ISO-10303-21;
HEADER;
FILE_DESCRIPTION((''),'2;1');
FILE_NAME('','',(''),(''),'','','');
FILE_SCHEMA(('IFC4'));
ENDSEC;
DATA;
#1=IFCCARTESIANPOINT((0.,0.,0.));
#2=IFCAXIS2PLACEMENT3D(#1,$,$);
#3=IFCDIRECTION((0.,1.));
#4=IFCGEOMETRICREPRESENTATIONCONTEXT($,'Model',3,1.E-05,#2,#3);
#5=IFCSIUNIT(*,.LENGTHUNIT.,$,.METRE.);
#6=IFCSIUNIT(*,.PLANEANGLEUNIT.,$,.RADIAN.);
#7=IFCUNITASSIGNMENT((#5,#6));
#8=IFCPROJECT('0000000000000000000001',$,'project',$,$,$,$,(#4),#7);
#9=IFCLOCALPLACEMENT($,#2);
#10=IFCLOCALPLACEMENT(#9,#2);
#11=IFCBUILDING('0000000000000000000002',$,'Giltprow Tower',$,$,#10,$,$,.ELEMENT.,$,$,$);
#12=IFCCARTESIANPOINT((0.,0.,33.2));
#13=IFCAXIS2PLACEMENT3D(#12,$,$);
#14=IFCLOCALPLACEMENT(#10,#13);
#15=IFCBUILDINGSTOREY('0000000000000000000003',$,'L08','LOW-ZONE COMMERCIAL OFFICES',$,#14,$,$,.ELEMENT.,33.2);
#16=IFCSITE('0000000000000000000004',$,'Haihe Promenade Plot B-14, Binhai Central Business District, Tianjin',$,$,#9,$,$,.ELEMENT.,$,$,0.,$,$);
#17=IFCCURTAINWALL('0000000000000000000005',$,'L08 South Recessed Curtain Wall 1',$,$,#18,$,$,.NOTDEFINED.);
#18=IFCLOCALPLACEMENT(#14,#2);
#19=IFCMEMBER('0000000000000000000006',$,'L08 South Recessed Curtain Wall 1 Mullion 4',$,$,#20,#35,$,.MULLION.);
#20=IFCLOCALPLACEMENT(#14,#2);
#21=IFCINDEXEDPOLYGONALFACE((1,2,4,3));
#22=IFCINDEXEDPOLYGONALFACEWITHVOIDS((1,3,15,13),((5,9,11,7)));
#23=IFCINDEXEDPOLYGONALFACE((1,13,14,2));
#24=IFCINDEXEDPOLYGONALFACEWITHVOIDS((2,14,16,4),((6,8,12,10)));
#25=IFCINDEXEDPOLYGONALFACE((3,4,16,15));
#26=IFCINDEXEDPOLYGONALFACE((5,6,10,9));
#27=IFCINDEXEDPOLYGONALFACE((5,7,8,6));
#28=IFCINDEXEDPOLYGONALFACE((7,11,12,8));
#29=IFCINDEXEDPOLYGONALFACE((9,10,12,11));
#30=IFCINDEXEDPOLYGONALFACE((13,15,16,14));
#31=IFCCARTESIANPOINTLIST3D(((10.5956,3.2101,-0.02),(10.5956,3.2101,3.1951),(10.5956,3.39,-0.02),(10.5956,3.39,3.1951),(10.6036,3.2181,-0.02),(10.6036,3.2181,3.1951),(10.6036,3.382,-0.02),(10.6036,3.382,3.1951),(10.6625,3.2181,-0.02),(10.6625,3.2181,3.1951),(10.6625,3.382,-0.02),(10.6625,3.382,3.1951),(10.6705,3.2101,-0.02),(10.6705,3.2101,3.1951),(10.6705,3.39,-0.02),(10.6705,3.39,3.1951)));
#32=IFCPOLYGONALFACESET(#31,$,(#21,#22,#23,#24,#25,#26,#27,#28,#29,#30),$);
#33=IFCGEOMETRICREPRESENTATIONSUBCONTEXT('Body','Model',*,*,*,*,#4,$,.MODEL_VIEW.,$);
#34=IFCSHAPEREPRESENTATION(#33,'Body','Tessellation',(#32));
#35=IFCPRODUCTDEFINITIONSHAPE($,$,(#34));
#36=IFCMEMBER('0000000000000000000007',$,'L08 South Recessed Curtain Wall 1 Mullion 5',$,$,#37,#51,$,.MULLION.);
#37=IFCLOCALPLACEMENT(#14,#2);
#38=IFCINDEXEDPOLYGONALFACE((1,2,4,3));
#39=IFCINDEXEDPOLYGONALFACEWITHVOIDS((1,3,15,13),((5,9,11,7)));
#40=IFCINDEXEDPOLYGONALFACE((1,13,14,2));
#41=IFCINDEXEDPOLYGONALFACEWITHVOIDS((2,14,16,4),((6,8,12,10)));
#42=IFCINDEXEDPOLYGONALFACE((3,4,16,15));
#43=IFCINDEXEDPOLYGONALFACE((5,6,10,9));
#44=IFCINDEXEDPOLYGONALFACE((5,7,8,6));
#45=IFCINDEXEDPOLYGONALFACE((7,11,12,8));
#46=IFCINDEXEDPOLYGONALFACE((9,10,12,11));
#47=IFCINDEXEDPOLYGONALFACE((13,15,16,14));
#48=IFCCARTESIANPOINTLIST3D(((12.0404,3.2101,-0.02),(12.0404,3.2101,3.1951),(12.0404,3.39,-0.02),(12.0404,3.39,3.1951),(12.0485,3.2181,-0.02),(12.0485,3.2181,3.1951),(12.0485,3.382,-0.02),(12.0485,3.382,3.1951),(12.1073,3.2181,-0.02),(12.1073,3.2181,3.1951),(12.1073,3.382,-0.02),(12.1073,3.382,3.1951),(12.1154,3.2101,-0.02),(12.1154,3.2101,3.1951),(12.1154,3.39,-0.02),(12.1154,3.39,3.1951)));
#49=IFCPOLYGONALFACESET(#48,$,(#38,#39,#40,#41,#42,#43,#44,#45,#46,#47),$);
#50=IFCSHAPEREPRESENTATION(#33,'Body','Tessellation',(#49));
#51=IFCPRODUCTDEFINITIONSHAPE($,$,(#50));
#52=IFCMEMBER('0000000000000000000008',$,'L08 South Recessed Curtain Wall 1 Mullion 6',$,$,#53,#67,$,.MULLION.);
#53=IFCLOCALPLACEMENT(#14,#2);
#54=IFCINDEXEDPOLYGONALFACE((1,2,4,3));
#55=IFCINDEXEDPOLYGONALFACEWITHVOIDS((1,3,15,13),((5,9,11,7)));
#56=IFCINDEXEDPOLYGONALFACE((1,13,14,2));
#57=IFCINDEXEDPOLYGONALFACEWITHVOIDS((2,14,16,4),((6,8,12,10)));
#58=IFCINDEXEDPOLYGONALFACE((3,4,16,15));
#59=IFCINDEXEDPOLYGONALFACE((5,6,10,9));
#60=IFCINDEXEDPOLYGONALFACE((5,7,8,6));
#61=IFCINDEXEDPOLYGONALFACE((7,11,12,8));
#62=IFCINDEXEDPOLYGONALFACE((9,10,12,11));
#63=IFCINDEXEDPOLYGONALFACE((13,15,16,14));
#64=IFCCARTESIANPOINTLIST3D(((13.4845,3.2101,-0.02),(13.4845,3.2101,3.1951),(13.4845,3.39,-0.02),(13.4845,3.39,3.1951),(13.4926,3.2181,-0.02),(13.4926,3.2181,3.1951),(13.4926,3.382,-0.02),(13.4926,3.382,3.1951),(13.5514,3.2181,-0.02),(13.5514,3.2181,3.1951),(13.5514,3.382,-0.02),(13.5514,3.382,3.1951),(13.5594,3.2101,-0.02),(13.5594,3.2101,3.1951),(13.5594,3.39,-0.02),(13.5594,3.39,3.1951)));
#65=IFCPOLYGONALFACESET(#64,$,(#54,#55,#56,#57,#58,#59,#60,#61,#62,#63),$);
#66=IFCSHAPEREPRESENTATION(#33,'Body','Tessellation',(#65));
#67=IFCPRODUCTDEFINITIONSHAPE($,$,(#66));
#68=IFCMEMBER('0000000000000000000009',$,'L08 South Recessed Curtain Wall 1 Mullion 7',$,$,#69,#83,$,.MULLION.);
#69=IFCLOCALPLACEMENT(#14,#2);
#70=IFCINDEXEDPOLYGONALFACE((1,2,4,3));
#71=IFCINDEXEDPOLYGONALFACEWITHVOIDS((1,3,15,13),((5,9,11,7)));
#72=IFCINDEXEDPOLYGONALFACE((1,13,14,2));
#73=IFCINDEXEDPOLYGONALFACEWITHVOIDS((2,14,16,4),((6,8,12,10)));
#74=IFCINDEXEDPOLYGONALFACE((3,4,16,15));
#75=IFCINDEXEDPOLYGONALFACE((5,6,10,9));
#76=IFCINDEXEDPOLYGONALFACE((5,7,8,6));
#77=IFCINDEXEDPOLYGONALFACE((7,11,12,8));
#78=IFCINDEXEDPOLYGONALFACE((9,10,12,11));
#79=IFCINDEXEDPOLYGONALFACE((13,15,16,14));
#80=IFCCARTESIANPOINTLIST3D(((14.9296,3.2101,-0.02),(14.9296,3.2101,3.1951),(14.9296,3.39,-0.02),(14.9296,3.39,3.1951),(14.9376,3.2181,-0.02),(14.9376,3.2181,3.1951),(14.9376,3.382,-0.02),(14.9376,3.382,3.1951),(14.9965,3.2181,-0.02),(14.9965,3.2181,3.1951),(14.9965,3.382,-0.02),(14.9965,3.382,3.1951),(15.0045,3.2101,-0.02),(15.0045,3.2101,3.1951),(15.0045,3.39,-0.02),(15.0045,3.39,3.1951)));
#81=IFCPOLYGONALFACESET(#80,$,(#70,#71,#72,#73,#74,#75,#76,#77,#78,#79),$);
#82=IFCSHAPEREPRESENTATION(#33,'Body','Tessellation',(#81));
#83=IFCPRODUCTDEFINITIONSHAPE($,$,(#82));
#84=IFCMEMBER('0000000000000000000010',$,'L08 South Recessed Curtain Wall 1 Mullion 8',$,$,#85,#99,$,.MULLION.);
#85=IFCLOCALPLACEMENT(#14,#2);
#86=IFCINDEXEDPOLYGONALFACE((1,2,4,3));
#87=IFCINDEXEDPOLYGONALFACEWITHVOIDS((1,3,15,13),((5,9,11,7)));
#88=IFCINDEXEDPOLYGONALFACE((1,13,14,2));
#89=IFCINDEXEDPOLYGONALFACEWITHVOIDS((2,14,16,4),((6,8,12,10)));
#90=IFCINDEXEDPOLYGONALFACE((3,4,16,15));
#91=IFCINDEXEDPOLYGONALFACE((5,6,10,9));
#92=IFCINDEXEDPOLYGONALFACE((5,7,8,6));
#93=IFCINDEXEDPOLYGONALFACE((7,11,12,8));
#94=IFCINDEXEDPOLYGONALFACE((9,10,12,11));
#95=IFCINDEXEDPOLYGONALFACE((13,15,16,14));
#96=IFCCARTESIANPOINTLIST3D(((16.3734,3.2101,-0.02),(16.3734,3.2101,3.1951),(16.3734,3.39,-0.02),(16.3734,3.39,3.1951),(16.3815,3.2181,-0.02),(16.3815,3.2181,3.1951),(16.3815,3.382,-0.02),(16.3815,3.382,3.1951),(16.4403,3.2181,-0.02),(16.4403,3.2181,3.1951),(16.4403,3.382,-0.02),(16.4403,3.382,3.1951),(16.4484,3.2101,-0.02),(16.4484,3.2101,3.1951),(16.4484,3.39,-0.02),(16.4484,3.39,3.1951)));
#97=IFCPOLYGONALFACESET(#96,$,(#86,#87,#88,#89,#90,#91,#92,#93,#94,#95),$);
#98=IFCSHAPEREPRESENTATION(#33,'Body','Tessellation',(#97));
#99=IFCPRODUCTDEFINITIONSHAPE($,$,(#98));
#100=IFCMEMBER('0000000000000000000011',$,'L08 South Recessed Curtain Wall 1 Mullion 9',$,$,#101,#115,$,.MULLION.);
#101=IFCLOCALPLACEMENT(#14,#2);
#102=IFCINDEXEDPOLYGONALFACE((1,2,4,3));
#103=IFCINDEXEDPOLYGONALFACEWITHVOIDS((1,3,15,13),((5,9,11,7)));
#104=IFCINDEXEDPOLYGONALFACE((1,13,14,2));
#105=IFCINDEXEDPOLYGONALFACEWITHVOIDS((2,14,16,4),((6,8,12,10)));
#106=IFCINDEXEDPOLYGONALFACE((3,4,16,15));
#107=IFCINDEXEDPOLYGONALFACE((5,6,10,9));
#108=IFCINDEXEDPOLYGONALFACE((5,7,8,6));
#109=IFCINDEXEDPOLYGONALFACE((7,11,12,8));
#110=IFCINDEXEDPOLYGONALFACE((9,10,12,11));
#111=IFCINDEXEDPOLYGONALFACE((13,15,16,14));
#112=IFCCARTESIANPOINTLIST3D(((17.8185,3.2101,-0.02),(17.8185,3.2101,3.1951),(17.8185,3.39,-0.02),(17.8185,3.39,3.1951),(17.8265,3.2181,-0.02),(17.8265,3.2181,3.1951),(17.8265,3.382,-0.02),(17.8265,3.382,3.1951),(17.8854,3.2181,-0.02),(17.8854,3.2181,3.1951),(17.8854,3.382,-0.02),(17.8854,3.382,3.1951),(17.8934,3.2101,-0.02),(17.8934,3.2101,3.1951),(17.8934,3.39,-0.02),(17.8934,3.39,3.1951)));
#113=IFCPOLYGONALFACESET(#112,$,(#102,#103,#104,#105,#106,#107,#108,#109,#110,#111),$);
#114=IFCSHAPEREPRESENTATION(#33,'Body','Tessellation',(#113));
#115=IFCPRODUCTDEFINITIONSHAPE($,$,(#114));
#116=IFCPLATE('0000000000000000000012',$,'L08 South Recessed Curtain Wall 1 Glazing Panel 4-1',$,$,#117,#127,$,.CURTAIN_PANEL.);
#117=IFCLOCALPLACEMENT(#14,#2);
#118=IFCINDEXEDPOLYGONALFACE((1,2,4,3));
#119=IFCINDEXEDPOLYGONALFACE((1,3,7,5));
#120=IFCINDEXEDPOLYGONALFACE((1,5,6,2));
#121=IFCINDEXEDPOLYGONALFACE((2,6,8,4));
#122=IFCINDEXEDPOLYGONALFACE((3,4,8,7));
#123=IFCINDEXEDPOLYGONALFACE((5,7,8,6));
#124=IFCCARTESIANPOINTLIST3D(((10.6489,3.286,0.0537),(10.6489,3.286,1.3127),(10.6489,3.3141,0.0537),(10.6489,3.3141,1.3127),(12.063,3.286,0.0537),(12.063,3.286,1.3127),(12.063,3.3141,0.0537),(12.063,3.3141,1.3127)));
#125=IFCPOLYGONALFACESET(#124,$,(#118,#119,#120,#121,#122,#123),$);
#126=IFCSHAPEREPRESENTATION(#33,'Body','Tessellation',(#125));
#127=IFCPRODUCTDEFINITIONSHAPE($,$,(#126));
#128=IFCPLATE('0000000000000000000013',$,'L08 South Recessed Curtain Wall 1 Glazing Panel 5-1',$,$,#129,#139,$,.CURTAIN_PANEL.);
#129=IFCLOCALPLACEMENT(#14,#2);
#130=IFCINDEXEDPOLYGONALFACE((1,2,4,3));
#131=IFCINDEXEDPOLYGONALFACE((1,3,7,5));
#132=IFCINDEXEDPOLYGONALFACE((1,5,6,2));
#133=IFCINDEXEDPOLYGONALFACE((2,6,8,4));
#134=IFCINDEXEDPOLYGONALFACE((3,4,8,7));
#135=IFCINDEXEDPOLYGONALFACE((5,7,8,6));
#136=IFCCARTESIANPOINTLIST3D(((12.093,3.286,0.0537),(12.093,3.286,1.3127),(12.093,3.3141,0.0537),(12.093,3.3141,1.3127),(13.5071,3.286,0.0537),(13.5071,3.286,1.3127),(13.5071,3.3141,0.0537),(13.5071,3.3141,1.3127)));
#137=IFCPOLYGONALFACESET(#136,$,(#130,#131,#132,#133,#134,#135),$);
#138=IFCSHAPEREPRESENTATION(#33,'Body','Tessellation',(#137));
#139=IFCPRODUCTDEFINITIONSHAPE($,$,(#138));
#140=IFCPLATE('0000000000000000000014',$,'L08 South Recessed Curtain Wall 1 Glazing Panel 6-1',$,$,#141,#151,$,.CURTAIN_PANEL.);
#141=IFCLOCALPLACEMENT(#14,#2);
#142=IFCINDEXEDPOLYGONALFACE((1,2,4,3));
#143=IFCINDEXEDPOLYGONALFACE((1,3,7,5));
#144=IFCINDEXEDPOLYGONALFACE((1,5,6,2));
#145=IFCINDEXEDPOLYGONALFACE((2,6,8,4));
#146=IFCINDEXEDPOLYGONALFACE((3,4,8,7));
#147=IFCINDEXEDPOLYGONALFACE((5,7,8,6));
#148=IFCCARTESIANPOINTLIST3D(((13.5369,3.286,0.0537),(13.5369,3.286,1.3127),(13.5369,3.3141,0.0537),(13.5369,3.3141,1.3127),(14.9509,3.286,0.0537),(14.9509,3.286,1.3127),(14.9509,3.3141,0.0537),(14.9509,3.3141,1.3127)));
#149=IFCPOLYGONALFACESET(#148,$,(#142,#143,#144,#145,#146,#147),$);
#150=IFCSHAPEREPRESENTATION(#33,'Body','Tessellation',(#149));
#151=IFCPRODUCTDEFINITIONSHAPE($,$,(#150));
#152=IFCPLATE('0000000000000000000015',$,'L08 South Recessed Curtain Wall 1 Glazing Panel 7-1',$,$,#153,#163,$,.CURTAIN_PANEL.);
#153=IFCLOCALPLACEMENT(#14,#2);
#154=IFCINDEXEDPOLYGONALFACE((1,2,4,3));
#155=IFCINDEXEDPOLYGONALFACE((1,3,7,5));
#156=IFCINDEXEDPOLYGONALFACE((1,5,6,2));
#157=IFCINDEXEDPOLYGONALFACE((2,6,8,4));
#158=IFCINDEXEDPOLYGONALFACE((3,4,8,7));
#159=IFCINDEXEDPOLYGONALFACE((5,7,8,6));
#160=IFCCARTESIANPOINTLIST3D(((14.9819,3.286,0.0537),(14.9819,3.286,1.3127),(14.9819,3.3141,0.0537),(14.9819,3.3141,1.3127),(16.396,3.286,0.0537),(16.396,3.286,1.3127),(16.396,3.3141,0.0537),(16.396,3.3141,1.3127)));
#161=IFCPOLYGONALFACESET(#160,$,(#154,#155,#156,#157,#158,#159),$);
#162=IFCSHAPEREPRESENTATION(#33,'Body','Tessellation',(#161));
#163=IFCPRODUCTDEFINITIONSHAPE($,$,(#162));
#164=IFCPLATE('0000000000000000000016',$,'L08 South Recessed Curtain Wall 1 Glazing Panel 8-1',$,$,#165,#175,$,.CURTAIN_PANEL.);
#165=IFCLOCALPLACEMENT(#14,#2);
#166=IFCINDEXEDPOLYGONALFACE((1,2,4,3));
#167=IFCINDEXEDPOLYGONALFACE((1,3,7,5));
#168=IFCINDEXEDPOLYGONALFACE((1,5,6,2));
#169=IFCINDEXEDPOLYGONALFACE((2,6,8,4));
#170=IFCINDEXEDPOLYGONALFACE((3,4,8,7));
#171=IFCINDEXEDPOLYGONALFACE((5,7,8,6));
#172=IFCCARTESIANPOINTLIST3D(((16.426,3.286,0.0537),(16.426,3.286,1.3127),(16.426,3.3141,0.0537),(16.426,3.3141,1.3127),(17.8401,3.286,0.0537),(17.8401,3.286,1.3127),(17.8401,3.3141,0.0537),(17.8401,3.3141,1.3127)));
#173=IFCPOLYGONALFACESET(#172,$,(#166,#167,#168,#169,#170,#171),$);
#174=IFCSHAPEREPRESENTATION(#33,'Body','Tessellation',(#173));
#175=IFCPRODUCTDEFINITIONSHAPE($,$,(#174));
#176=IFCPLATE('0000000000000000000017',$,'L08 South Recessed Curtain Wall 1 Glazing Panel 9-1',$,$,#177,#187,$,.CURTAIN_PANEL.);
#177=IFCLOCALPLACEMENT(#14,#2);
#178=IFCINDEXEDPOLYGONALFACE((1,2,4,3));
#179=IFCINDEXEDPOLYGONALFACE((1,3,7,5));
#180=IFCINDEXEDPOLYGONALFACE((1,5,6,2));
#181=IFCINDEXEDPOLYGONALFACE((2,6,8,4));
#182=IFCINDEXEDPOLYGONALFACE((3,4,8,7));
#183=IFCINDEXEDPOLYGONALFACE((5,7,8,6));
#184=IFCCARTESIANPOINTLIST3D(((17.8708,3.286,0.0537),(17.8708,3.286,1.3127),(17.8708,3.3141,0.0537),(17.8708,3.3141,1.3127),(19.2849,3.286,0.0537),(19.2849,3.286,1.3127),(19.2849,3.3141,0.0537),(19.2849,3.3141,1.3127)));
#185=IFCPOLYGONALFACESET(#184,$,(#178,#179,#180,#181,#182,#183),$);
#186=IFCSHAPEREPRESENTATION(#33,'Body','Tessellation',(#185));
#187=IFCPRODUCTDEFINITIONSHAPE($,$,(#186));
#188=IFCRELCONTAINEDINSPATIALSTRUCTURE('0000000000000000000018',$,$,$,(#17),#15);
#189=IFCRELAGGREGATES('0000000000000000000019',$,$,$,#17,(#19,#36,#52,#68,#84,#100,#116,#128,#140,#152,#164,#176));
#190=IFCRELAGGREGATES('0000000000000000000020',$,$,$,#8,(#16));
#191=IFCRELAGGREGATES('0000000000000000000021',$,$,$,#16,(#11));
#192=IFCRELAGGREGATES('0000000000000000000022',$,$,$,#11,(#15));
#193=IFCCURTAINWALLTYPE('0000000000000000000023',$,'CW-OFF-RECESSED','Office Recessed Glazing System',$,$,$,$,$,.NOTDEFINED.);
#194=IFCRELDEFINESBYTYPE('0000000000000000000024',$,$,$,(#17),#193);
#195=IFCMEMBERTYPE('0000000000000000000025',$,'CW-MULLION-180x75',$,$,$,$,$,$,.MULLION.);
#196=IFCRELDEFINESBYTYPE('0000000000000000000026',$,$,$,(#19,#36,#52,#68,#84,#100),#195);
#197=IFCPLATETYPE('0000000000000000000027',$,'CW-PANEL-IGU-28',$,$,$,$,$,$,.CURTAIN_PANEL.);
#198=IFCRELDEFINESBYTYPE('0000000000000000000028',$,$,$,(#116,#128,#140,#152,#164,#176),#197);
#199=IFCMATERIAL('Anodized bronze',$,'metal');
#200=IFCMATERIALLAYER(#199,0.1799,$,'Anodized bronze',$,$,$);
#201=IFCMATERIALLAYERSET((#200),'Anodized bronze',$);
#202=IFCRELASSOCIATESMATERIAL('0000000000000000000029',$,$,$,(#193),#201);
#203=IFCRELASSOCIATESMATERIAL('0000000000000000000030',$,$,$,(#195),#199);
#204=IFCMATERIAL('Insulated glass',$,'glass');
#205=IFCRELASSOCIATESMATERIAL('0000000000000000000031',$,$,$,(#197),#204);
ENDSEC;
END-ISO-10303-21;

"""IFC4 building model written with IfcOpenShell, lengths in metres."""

from ifc_helpers import new_model, si_unit, direction, frame, origin, origin_2d, place, context, subcontext, project, spatial, rectangle, hollow_rectangle, extrude, source, transform, mapped, material, layer, layer_set, material_profile, profile_set, type_object, element, aggregate, save


model = new_model("IFC4")

# Units and contexts
model_context = context("Model", 3, precision=1e-05, world=origin(), true_north=direction((0.0, 1.0)))
body_context = subcontext(model_context, "Body", "Model", "MODEL_VIEW")
ifc_project = project(units=[si_unit("LENGTHUNIT", "METRE"), si_unit("PLANEANGLEUNIT", "RADIAN")], contexts=[model_context])

# Site, building, storey
site_placement = place(None, origin())
site = spatial("IfcSite", under=ifc_project, at=site_placement, Name="Haihe Promenade Plot B-14, Binhai Central Business District, Tianjin", CompositionType="ELEMENT", RefElevation=0.0)
building_placement = place(site_placement, origin())
building = spatial("IfcBuilding", under=site, at=building_placement, Name="Giltprow Tower", CompositionType="ELEMENT")
storey_placement = place(building_placement, frame((0.0, 0.0, 33.2)))
storey = spatial("IfcBuildingStorey", under=building, at=storey_placement, Name="L08", Description="LOW-ZONE COMMERCIAL OFFICES", CompositionType="ELEMENT", Elevation=33.2)

# Curtain wall, members, plates
ifc_material_1 = material(Name="Anodized bronze", Category="metal")
ifc_layer = layer(ifc_material_1, 0.1799, Name="Anodized bronze")
ifc_layer_set = layer_set([ifc_layer], Name="Anodized bronze")
curtain_wall_type = type_object("IfcCurtainWallType", Name="CW-OFF-RECESSED", Description="Office Recessed Glazing System", PredefinedType="NOTDEFINED", material=ifc_layer_set)
curtain_wall_placement = place(storey_placement, origin())
curtain_wall = element("IfcCurtainWall", 1, at=curtain_wall_placement, inside=storey, type_object=curtain_wall_type, Name="L08 South Recessed Curtain Wall 1", PredefinedType="NOTDEFINED")
ifc_material_profile = material_profile(ifc_material_1, hollow_rectangle(XDim=0.075, YDim=0.1799, WallThickness=0.0081, at=origin_2d()), Name="RHS 180x75x8")
ifc_profile_set = profile_set([ifc_material_profile], Name="Anodized bronze")
member_type = type_object("IfcMemberType", Name="CW-MULLION-180x75", PredefinedType="MULLION", material=ifc_profile_set)
shared_shape_1 = source(origin(), body_context, "Body", "SweptSolid", [
    extrude(hollow_rectangle(XDim=0.075, YDim=0.1799, WallThickness=0.0081, at=origin_2d()), origin(), (0.0, 0.0, 1.0), 3.2151),
])
member_1_placement = place(storey_placement, frame((10.6331, 3.3, -0.02), z_axis=(0.0, 0.0, 1.0), x_axis=(1.0, 0.0, 0.0)))
member_1 = element("IfcMember", 2, at=member_1_placement, type_object=member_type, Name="L08 South Recessed Curtain Wall 1 Mullion 4", PredefinedType="MULLION", context=body_context, shape_type="MappedRepresentation", body=[
    mapped(shared_shape_1, transform((0.0, 0.0, 0.0), x_axis=(1.0, 0.0, 0.0), y_axis=(0.0, 1.0, 0.0), z_axis=(0.0, 0.0, 1.0), scale=1.0)),
])
member_2_placement = place(storey_placement, frame((12.0779, 3.3, -0.02), z_axis=(0.0, 0.0, 1.0), x_axis=(1.0, 0.0, 0.0)))
member_2 = element("IfcMember", 3, at=member_2_placement, type_object=member_type, Name="L08 South Recessed Curtain Wall 1 Mullion 5", PredefinedType="MULLION", context=body_context, shape_type="MappedRepresentation", body=[
    mapped(shared_shape_1, transform((0.0, 0.0, 0.0), x_axis=(1.0, 0.0, 0.0), y_axis=(0.0, 1.0, 0.0), z_axis=(0.0, 0.0, 1.0), scale=1.0)),
])
member_3_placement = place(storey_placement, frame((13.522, 3.3, -0.02), z_axis=(0.0, 0.0, 1.0), x_axis=(1.0, 0.0, 0.0)))
member_3 = element("IfcMember", 4, at=member_3_placement, type_object=member_type, Name="L08 South Recessed Curtain Wall 1 Mullion 6", PredefinedType="MULLION", context=body_context, shape_type="MappedRepresentation", body=[
    mapped(shared_shape_1, transform((0.0, 0.0, 0.0), x_axis=(1.0, 0.0, 0.0), y_axis=(0.0, 1.0, 0.0), z_axis=(0.0, 0.0, 1.0), scale=1.0)),
])
member_4_placement = place(storey_placement, frame((14.967, 3.3, -0.02), z_axis=(0.0, 0.0, 1.0), x_axis=(1.0, 0.0, 0.0)))
member_4 = element("IfcMember", 5, at=member_4_placement, type_object=member_type, Name="L08 South Recessed Curtain Wall 1 Mullion 7", PredefinedType="MULLION", context=body_context, shape_type="MappedRepresentation", body=[
    mapped(shared_shape_1, transform((0.0, 0.0, 0.0), x_axis=(1.0, 0.0, 0.0), y_axis=(0.0, 1.0, 0.0), z_axis=(0.0, 0.0, 1.0), scale=1.0)),
])
member_5_placement = place(storey_placement, frame((16.4109, 3.3, -0.02), z_axis=(0.0, 0.0, 1.0), x_axis=(1.0, 0.0, 0.0)))
member_5 = element("IfcMember", 6, at=member_5_placement, type_object=member_type, Name="L08 South Recessed Curtain Wall 1 Mullion 8", PredefinedType="MULLION", context=body_context, shape_type="MappedRepresentation", body=[
    mapped(shared_shape_1, transform((0.0, 0.0, 0.0), x_axis=(1.0, 0.0, 0.0), y_axis=(0.0, 1.0, 0.0), z_axis=(0.0, 0.0, 1.0), scale=1.0)),
])
member_6_placement = place(storey_placement, frame((17.856, 3.3, -0.02), z_axis=(0.0, 0.0, 1.0), x_axis=(1.0, 0.0, 0.0)))
member_6 = element("IfcMember", 7, at=member_6_placement, type_object=member_type, Name="L08 South Recessed Curtain Wall 1 Mullion 9", PredefinedType="MULLION", context=body_context, shape_type="MappedRepresentation", body=[
    mapped(shared_shape_1, transform((0.0, 0.0, 0.0), x_axis=(1.0, 0.0, 0.0), y_axis=(0.0, 1.0, 0.0), z_axis=(0.0, 0.0, 1.0), scale=1.0)),
])
ifc_material_2 = material(Name="Insulated glass", Category="glass")
plate_type = type_object("IfcPlateType", Name="CW-PANEL-IGU-28", PredefinedType="CURTAIN_PANEL", material=ifc_material_2)
shared_shape_2 = source(origin(), body_context, "Body", "SweptSolid", [
    extrude(rectangle(XDim=1.4141, YDim=0.0281, at=origin_2d()), origin(), (0.0, 0.0, 1.0), 1.259),
])
plate_1_placement = place(storey_placement, frame((11.356, 3.3, 0.0537), z_axis=(0.0, 0.0, 1.0), x_axis=(1.0, 0.0, 0.0)))
plate_1 = element("IfcPlate", 8, at=plate_1_placement, type_object=plate_type, Name="L08 South Recessed Curtain Wall 1 Glazing Panel 4-1", PredefinedType="CURTAIN_PANEL", context=body_context, shape_type="MappedRepresentation", body=[
    mapped(shared_shape_2, transform((0.0, 0.0, 0.0), x_axis=(1.0, 0.0, 0.0), y_axis=(0.0, 1.0, 0.0), z_axis=(0.0, 0.0, 1.0), scale=1.0)),
])
plate_2_placement = place(storey_placement, frame((12.8, 3.3, 0.0537), z_axis=(0.0, 0.0, 1.0), x_axis=(1.0, 0.0, 0.0)))
plate_2 = element("IfcPlate", 9, at=plate_2_placement, type_object=plate_type, Name="L08 South Recessed Curtain Wall 1 Glazing Panel 5-1", PredefinedType="CURTAIN_PANEL", context=body_context, shape_type="MappedRepresentation", body=[
    mapped(shared_shape_2, transform((0.0, 0.0, 0.0), x_axis=(1.0, 0.0, 0.0), y_axis=(0.0, 1.0, 0.0), z_axis=(0.0, 0.0, 1.0), scale=1.0)),
])
plate_3_placement = place(storey_placement, frame((14.2439, 3.3, 0.0537), z_axis=(0.0, 0.0, 1.0), x_axis=(1.0, 0.0, 0.0)))
plate_3 = element("IfcPlate", 10, at=plate_3_placement, type_object=plate_type, Name="L08 South Recessed Curtain Wall 1 Glazing Panel 6-1", PredefinedType="CURTAIN_PANEL", context=body_context, shape_type="MappedRepresentation", body=[
    mapped(shared_shape_2, transform((0.0, 0.0, 0.0), x_axis=(1.0, 0.0, 0.0), y_axis=(0.0, 1.0, 0.0), z_axis=(0.0, 0.0, 1.0), scale=1.0)),
])
plate_4_placement = place(storey_placement, frame((15.689, 3.3, 0.0537), z_axis=(0.0, 0.0, 1.0), x_axis=(1.0, 0.0, 0.0)))
plate_4 = element("IfcPlate", 11, at=plate_4_placement, type_object=plate_type, Name="L08 South Recessed Curtain Wall 1 Glazing Panel 7-1", PredefinedType="CURTAIN_PANEL", context=body_context, shape_type="MappedRepresentation", body=[
    mapped(shared_shape_2, transform((0.0, 0.0, 0.0), x_axis=(1.0, 0.0, 0.0), y_axis=(0.0, 1.0, 0.0), z_axis=(0.0, 0.0, 1.0), scale=1.0)),
])
plate_5_placement = place(storey_placement, frame((17.1331, 3.3, 0.0537), z_axis=(0.0, 0.0, 1.0), x_axis=(1.0, 0.0, 0.0)))
plate_5 = element("IfcPlate", 12, at=plate_5_placement, type_object=plate_type, Name="L08 South Recessed Curtain Wall 1 Glazing Panel 8-1", PredefinedType="CURTAIN_PANEL", context=body_context, shape_type="MappedRepresentation", body=[
    mapped(shared_shape_2, transform((0.0, 0.0, 0.0), x_axis=(1.0, 0.0, 0.0), y_axis=(0.0, 1.0, 0.0), z_axis=(0.0, 0.0, 1.0), scale=1.0)),
])
plate_6_placement = place(storey_placement, frame((18.5779, 3.3, 0.0537), z_axis=(0.0, 0.0, 1.0), x_axis=(1.0, 0.0, 0.0)))
plate_6 = element("IfcPlate", 13, at=plate_6_placement, type_object=plate_type, Name="L08 South Recessed Curtain Wall 1 Glazing Panel 9-1", PredefinedType="CURTAIN_PANEL", context=body_context, shape_type="MappedRepresentation", body=[
    mapped(shared_shape_2, transform((0.0, 0.0, 0.0), x_axis=(1.0, 0.0, 0.0), y_axis=(0.0, 1.0, 0.0), z_axis=(0.0, 0.0, 1.0), scale=1.0)),
])
aggregate(curtain_wall, [member_1, member_2, member_3, member_4, member_5, member_6, plate_1, plate_2, plate_3, plate_4, plate_5, plate_6])

save(model, "model.ifc")
